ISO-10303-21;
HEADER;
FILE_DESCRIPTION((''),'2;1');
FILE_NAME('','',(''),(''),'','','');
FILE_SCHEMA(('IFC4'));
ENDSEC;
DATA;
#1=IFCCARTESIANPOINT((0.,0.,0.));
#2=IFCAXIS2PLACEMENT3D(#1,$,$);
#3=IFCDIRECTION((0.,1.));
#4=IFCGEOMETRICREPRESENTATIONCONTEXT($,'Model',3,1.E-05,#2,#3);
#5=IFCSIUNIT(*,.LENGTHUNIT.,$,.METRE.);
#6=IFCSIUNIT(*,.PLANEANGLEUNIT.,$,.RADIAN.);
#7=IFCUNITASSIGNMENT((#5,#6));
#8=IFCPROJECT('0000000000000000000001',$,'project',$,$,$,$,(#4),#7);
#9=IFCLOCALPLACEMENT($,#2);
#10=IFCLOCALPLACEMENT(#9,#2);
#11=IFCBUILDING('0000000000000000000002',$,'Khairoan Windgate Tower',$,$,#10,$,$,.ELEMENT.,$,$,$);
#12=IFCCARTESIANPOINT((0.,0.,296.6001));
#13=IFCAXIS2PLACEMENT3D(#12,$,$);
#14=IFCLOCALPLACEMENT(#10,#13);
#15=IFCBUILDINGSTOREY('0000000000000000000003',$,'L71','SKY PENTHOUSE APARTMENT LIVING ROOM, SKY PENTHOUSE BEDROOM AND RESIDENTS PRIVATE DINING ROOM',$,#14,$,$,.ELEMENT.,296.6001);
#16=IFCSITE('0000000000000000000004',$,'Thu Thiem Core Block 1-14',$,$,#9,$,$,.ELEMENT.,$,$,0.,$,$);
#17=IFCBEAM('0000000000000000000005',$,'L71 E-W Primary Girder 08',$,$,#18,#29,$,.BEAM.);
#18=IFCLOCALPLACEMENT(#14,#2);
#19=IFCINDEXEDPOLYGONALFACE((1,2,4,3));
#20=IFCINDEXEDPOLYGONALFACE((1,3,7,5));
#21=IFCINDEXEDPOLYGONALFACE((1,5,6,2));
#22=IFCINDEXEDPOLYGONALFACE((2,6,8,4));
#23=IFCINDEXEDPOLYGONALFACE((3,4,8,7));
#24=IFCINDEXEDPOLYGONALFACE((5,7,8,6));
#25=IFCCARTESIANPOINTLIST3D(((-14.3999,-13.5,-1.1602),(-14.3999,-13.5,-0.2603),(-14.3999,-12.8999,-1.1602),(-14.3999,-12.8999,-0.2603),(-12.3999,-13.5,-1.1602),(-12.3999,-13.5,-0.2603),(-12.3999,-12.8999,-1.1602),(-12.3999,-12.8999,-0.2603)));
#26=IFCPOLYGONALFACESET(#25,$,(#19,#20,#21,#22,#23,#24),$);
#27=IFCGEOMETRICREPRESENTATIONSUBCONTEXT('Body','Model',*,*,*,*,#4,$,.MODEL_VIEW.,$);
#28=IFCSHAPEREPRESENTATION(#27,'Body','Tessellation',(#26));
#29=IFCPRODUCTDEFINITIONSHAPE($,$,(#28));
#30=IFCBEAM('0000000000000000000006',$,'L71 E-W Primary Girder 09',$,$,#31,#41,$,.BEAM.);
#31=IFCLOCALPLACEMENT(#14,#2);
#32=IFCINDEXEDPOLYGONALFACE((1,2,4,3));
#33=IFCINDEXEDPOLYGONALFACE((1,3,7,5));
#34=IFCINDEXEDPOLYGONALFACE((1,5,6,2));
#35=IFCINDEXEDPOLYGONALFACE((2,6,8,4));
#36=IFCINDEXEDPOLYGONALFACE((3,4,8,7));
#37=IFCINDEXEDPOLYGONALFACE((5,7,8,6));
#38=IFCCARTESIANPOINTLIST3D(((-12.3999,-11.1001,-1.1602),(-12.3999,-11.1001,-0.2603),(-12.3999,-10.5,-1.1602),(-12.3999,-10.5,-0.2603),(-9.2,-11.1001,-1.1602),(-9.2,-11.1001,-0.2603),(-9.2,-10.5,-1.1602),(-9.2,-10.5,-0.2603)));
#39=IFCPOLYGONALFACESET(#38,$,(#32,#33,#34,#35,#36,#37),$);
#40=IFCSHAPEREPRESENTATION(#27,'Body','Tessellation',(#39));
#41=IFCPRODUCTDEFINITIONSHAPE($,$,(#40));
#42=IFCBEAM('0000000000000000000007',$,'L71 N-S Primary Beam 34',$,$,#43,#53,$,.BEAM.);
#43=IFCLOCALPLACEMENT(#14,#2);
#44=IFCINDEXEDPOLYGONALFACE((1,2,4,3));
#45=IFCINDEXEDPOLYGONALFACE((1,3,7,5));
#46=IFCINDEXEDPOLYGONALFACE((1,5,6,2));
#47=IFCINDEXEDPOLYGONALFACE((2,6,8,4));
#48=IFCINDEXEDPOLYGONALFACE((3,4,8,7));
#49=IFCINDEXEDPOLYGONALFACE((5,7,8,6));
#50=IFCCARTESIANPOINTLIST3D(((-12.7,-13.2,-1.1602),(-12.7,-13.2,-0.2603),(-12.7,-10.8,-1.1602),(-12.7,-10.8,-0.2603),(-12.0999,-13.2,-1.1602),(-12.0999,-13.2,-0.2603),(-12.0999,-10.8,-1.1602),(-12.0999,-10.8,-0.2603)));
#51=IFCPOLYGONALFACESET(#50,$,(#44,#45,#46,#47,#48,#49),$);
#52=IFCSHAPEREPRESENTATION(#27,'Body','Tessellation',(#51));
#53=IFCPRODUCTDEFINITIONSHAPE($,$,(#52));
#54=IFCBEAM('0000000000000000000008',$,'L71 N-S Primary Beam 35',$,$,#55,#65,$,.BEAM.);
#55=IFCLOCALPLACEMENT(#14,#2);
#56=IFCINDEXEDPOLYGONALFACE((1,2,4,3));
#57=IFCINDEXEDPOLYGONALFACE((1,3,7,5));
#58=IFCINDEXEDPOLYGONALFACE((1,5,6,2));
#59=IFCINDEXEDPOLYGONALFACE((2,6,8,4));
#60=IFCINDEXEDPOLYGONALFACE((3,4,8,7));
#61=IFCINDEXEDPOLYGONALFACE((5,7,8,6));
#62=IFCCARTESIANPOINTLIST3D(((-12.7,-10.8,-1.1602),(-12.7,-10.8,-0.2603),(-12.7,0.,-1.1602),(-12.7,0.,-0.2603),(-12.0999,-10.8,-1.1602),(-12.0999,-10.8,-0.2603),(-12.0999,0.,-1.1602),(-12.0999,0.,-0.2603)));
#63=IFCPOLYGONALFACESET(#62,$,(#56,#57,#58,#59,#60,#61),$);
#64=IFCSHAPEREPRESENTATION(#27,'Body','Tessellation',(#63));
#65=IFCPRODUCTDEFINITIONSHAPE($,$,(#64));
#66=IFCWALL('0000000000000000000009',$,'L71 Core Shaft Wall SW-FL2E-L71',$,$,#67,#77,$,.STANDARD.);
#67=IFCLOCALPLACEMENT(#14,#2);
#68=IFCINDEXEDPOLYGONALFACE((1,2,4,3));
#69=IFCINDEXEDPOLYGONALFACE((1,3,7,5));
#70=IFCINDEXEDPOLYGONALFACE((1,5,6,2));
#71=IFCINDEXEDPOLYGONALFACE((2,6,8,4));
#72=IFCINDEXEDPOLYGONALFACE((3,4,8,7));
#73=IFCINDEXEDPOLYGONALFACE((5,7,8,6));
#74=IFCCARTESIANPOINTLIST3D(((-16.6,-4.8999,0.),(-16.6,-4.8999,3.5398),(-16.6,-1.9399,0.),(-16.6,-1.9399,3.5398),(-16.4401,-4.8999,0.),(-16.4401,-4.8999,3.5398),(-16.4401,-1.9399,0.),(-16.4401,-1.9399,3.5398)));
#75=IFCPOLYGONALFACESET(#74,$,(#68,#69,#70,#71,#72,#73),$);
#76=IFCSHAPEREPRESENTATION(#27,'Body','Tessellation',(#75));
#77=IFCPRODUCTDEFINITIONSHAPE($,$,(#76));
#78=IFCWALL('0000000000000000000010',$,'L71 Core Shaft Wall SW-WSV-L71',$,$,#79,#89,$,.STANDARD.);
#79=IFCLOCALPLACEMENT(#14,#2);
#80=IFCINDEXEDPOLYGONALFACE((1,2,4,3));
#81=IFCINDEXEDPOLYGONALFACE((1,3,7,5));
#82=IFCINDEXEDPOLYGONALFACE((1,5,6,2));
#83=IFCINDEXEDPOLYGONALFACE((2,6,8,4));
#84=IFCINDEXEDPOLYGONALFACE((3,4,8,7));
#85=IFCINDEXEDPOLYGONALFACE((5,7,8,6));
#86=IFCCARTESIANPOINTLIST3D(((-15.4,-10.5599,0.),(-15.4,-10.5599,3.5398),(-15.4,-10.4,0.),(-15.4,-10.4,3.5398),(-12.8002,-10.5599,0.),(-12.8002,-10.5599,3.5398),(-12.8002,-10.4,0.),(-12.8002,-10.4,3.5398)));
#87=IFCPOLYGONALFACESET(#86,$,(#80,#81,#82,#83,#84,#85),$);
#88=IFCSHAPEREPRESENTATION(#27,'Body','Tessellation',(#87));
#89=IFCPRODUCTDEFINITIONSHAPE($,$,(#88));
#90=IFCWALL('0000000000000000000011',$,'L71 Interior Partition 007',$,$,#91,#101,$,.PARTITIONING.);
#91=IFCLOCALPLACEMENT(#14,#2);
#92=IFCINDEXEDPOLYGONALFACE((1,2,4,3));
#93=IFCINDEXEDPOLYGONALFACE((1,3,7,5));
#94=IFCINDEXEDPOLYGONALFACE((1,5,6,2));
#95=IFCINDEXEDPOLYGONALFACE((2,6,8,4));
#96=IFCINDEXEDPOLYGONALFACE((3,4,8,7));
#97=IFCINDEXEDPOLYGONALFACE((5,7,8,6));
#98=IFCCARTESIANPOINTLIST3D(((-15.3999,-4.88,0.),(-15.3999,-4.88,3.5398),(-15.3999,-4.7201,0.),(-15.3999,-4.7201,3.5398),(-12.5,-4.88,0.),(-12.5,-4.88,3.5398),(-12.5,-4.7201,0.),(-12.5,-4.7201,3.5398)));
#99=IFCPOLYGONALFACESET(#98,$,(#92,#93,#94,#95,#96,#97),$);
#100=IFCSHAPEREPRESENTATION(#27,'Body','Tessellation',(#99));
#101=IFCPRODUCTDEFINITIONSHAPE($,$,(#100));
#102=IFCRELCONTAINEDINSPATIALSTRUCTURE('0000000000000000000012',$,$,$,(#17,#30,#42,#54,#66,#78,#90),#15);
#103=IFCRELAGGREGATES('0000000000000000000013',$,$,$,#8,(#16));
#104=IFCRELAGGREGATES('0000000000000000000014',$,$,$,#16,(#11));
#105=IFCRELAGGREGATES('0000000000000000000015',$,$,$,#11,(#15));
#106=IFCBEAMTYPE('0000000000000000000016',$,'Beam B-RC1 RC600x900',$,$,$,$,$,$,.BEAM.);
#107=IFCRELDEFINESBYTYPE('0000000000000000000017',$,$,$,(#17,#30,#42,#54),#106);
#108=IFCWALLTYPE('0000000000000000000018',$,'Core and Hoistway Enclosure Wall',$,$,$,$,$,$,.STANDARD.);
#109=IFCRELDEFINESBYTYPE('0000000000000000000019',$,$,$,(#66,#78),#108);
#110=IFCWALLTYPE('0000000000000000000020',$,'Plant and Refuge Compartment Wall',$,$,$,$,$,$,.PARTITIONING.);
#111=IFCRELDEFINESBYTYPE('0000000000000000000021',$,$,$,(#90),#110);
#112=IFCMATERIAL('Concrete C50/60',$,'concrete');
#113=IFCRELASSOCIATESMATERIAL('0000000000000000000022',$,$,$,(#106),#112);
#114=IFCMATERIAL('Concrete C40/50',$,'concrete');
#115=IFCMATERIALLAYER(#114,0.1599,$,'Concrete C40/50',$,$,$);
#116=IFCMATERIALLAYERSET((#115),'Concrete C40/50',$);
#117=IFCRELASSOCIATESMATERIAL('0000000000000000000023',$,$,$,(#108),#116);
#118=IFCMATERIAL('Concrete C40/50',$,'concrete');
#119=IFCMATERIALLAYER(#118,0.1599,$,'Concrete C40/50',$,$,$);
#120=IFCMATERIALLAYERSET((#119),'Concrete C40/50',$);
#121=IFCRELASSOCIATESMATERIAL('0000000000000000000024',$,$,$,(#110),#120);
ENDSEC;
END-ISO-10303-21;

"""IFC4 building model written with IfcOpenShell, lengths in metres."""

from ifc_helpers import new_model, si_unit, direction, frame, frame_2d, origin, origin_2d, place, context, subcontext, project, spatial, rectangle, extrude, material, layer, layer_set, material_profile, profile_set, type_object, element, save


model = new_model("IFC4")

# Units and contexts
model_context = context("Model", 3, precision=1e-05, world=origin(), true_north=direction((0.0, 1.0)))
body_context = subcontext(model_context, "Body", "Model", "MODEL_VIEW")
ifc_project = project(units=[si_unit("LENGTHUNIT", "METRE"), si_unit("PLANEANGLEUNIT", "RADIAN")], contexts=[model_context])

# Site, building, storey
site_placement = place(None, origin())
site = spatial("IfcSite", under=ifc_project, at=site_placement, Name="Thu Thiem Core Block 1-14", CompositionType="ELEMENT", RefElevation=0.0)
building_placement = place(site_placement, origin())
building = spatial("IfcBuilding", under=site, at=building_placement, Name="Khairoan Windgate Tower", CompositionType="ELEMENT")
storey_placement = place(building_placement, frame((0.0, 0.0, 296.6001)))
storey = spatial("IfcBuildingStorey", under=building, at=storey_placement, Name="L71", Description="SKY PENTHOUSE APARTMENT LIVING ROOM, SKY PENTHOUSE BEDROOM AND RESIDENTS PRIVATE DINING ROOM", CompositionType="ELEMENT", Elevation=296.6001)

# Beams
ifc_material_1 = material(Name="Concrete C50/60", Category="concrete")
ifc_material_profile = material_profile(ifc_material_1, rectangle(XDim=0.6001, YDim=0.8999, at=origin_2d()))
ifc_profile_set = profile_set([ifc_material_profile], Name="Concrete C50/60")
beam_type = type_object("IfcBeamType", Name="Beam B-RC1 RC600x900", PredefinedType="BEAM", material=ifc_profile_set)
beam_1_placement = place(storey_placement, frame((-14.3999, -13.2, -0.7102), z_axis=(1.0, 0.0, 0.0), x_axis=(0.0, 1.0, 0.0)))
element("IfcBeam", 1, at=beam_1_placement, inside=storey, type_object=beam_type, Name="L71 E-W Primary Girder 08", PredefinedType="BEAM", context=body_context, shape_type="SweptSolid", body=[
    extrude(rectangle(XDim=0.6001, YDim=0.8999, at=origin_2d()), origin(), (0.0, 0.0, 1.0), 2.0),
])
beam_2_placement = place(storey_placement, frame((-12.3999, -10.8, -0.7102), z_axis=(1.0, 0.0, 0.0), x_axis=(0.0, 1.0, 0.0)))
element("IfcBeam", 2, at=beam_2_placement, inside=storey, type_object=beam_type, Name="L71 E-W Primary Girder 09", PredefinedType="BEAM", context=body_context, shape_type="SweptSolid", body=[
    extrude(rectangle(XDim=0.6001, YDim=0.8999, at=origin_2d()), origin(), (0.0, 0.0, 1.0), 3.2),
])
beam_3_placement = place(storey_placement, frame((-12.3999, -13.2, -0.7102), z_axis=(0.0, 1.0, 0.0), x_axis=(-1.0, 0.0, 0.0)))
element("IfcBeam", 3, at=beam_3_placement, inside=storey, type_object=beam_type, Name="L71 N-S Primary Beam 34", PredefinedType="BEAM", context=body_context, shape_type="SweptSolid", body=[
    extrude(rectangle(XDim=0.6001, YDim=0.8999, at=origin_2d()), origin(), (0.0, 0.0, 1.0), 2.3999),
])
beam_4_placement = place(storey_placement, frame((-12.3999, -10.8, -0.7102), z_axis=(0.0, 1.0, 0.0), x_axis=(-1.0, 0.0, 0.0)))
element("IfcBeam", 4, at=beam_4_placement, inside=storey, type_object=beam_type, Name="L71 N-S Primary Beam 35", PredefinedType="BEAM", context=body_context, shape_type="SweptSolid", body=[
    extrude(rectangle(XDim=0.6001, YDim=0.8999, at=origin_2d()), origin(), (0.0, 0.0, 1.0), 10.8),
])

# Walls
ifc_material_2 = material(Name="Concrete C40/50", Category="concrete")
ifc_layer_1 = layer(ifc_material_2, 0.1599, Name="Concrete C40/50")
ifc_layer_set_1 = layer_set([ifc_layer_1], Name="Concrete C40/50")
wall_type_1 = type_object("IfcWallType", Name="Core and Hoistway Enclosure Wall", PredefinedType="STANDARD", material=ifc_layer_set_1)
wall_1_placement = place(storey_placement, frame((-16.52, -4.8999, 0.0), z_axis=(0.0, 0.0, 1.0), x_axis=(0.0, 1.0, 0.0)))
element("IfcWall", 5, at=wall_1_placement, inside=storey, type_object=wall_type_1, Name="L71 Core Shaft Wall SW-FL2E-L71", PredefinedType="STANDARD", context=body_context, shape_type="SweptSolid", body=[
    extrude(rectangle(XDim=2.96, YDim=0.1599, at=frame_2d((1.48, 0.0))), origin(), (0.0, 0.0, 1.0), 3.5398),
])
wall_2_placement = place(storey_placement, frame((-15.3999, -10.48, 0.0), z_axis=(0.0, 0.0, 1.0), x_axis=(1.0, 0.0, 0.0)))
element("IfcWall", 6, at=wall_2_placement, inside=storey, type_object=wall_type_1, Name="L71 Core Shaft Wall SW-WSV-L71", PredefinedType="STANDARD", context=body_context, shape_type="SweptSolid", body=[
    extrude(rectangle(XDim=2.5999, YDim=0.1599, at=frame_2d((1.2998, 0.0))), origin(), (0.0, 0.0, 1.0), 3.5398),
])
ifc_material_3 = material(Name="Concrete C40/50", Category="concrete")
ifc_layer_2 = layer(ifc_material_3, 0.1599, Name="Concrete C40/50")
ifc_layer_set_2 = layer_set([ifc_layer_2], Name="Concrete C40/50")
wall_type_2 = type_object("IfcWallType", Name="Plant and Refuge Compartment Wall", PredefinedType="PARTITIONING", material=ifc_layer_set_2)
wall_3_placement = place(storey_placement, frame((-15.3999, -4.8, 0.0), z_axis=(0.0, 0.0, 1.0), x_axis=(1.0, 0.0, 0.0)))
element("IfcWall", 7, at=wall_3_placement, inside=storey, type_object=wall_type_2, Name="L71 Interior Partition 007", PredefinedType="PARTITIONING", context=body_context, shape_type="SweptSolid", body=[
    extrude(rectangle(XDim=2.8999, YDim=0.1599, at=frame_2d((1.45, 0.0))), origin(), (0.0, 0.0, 1.0), 3.5398),
])

save(model, "model.ifc")
